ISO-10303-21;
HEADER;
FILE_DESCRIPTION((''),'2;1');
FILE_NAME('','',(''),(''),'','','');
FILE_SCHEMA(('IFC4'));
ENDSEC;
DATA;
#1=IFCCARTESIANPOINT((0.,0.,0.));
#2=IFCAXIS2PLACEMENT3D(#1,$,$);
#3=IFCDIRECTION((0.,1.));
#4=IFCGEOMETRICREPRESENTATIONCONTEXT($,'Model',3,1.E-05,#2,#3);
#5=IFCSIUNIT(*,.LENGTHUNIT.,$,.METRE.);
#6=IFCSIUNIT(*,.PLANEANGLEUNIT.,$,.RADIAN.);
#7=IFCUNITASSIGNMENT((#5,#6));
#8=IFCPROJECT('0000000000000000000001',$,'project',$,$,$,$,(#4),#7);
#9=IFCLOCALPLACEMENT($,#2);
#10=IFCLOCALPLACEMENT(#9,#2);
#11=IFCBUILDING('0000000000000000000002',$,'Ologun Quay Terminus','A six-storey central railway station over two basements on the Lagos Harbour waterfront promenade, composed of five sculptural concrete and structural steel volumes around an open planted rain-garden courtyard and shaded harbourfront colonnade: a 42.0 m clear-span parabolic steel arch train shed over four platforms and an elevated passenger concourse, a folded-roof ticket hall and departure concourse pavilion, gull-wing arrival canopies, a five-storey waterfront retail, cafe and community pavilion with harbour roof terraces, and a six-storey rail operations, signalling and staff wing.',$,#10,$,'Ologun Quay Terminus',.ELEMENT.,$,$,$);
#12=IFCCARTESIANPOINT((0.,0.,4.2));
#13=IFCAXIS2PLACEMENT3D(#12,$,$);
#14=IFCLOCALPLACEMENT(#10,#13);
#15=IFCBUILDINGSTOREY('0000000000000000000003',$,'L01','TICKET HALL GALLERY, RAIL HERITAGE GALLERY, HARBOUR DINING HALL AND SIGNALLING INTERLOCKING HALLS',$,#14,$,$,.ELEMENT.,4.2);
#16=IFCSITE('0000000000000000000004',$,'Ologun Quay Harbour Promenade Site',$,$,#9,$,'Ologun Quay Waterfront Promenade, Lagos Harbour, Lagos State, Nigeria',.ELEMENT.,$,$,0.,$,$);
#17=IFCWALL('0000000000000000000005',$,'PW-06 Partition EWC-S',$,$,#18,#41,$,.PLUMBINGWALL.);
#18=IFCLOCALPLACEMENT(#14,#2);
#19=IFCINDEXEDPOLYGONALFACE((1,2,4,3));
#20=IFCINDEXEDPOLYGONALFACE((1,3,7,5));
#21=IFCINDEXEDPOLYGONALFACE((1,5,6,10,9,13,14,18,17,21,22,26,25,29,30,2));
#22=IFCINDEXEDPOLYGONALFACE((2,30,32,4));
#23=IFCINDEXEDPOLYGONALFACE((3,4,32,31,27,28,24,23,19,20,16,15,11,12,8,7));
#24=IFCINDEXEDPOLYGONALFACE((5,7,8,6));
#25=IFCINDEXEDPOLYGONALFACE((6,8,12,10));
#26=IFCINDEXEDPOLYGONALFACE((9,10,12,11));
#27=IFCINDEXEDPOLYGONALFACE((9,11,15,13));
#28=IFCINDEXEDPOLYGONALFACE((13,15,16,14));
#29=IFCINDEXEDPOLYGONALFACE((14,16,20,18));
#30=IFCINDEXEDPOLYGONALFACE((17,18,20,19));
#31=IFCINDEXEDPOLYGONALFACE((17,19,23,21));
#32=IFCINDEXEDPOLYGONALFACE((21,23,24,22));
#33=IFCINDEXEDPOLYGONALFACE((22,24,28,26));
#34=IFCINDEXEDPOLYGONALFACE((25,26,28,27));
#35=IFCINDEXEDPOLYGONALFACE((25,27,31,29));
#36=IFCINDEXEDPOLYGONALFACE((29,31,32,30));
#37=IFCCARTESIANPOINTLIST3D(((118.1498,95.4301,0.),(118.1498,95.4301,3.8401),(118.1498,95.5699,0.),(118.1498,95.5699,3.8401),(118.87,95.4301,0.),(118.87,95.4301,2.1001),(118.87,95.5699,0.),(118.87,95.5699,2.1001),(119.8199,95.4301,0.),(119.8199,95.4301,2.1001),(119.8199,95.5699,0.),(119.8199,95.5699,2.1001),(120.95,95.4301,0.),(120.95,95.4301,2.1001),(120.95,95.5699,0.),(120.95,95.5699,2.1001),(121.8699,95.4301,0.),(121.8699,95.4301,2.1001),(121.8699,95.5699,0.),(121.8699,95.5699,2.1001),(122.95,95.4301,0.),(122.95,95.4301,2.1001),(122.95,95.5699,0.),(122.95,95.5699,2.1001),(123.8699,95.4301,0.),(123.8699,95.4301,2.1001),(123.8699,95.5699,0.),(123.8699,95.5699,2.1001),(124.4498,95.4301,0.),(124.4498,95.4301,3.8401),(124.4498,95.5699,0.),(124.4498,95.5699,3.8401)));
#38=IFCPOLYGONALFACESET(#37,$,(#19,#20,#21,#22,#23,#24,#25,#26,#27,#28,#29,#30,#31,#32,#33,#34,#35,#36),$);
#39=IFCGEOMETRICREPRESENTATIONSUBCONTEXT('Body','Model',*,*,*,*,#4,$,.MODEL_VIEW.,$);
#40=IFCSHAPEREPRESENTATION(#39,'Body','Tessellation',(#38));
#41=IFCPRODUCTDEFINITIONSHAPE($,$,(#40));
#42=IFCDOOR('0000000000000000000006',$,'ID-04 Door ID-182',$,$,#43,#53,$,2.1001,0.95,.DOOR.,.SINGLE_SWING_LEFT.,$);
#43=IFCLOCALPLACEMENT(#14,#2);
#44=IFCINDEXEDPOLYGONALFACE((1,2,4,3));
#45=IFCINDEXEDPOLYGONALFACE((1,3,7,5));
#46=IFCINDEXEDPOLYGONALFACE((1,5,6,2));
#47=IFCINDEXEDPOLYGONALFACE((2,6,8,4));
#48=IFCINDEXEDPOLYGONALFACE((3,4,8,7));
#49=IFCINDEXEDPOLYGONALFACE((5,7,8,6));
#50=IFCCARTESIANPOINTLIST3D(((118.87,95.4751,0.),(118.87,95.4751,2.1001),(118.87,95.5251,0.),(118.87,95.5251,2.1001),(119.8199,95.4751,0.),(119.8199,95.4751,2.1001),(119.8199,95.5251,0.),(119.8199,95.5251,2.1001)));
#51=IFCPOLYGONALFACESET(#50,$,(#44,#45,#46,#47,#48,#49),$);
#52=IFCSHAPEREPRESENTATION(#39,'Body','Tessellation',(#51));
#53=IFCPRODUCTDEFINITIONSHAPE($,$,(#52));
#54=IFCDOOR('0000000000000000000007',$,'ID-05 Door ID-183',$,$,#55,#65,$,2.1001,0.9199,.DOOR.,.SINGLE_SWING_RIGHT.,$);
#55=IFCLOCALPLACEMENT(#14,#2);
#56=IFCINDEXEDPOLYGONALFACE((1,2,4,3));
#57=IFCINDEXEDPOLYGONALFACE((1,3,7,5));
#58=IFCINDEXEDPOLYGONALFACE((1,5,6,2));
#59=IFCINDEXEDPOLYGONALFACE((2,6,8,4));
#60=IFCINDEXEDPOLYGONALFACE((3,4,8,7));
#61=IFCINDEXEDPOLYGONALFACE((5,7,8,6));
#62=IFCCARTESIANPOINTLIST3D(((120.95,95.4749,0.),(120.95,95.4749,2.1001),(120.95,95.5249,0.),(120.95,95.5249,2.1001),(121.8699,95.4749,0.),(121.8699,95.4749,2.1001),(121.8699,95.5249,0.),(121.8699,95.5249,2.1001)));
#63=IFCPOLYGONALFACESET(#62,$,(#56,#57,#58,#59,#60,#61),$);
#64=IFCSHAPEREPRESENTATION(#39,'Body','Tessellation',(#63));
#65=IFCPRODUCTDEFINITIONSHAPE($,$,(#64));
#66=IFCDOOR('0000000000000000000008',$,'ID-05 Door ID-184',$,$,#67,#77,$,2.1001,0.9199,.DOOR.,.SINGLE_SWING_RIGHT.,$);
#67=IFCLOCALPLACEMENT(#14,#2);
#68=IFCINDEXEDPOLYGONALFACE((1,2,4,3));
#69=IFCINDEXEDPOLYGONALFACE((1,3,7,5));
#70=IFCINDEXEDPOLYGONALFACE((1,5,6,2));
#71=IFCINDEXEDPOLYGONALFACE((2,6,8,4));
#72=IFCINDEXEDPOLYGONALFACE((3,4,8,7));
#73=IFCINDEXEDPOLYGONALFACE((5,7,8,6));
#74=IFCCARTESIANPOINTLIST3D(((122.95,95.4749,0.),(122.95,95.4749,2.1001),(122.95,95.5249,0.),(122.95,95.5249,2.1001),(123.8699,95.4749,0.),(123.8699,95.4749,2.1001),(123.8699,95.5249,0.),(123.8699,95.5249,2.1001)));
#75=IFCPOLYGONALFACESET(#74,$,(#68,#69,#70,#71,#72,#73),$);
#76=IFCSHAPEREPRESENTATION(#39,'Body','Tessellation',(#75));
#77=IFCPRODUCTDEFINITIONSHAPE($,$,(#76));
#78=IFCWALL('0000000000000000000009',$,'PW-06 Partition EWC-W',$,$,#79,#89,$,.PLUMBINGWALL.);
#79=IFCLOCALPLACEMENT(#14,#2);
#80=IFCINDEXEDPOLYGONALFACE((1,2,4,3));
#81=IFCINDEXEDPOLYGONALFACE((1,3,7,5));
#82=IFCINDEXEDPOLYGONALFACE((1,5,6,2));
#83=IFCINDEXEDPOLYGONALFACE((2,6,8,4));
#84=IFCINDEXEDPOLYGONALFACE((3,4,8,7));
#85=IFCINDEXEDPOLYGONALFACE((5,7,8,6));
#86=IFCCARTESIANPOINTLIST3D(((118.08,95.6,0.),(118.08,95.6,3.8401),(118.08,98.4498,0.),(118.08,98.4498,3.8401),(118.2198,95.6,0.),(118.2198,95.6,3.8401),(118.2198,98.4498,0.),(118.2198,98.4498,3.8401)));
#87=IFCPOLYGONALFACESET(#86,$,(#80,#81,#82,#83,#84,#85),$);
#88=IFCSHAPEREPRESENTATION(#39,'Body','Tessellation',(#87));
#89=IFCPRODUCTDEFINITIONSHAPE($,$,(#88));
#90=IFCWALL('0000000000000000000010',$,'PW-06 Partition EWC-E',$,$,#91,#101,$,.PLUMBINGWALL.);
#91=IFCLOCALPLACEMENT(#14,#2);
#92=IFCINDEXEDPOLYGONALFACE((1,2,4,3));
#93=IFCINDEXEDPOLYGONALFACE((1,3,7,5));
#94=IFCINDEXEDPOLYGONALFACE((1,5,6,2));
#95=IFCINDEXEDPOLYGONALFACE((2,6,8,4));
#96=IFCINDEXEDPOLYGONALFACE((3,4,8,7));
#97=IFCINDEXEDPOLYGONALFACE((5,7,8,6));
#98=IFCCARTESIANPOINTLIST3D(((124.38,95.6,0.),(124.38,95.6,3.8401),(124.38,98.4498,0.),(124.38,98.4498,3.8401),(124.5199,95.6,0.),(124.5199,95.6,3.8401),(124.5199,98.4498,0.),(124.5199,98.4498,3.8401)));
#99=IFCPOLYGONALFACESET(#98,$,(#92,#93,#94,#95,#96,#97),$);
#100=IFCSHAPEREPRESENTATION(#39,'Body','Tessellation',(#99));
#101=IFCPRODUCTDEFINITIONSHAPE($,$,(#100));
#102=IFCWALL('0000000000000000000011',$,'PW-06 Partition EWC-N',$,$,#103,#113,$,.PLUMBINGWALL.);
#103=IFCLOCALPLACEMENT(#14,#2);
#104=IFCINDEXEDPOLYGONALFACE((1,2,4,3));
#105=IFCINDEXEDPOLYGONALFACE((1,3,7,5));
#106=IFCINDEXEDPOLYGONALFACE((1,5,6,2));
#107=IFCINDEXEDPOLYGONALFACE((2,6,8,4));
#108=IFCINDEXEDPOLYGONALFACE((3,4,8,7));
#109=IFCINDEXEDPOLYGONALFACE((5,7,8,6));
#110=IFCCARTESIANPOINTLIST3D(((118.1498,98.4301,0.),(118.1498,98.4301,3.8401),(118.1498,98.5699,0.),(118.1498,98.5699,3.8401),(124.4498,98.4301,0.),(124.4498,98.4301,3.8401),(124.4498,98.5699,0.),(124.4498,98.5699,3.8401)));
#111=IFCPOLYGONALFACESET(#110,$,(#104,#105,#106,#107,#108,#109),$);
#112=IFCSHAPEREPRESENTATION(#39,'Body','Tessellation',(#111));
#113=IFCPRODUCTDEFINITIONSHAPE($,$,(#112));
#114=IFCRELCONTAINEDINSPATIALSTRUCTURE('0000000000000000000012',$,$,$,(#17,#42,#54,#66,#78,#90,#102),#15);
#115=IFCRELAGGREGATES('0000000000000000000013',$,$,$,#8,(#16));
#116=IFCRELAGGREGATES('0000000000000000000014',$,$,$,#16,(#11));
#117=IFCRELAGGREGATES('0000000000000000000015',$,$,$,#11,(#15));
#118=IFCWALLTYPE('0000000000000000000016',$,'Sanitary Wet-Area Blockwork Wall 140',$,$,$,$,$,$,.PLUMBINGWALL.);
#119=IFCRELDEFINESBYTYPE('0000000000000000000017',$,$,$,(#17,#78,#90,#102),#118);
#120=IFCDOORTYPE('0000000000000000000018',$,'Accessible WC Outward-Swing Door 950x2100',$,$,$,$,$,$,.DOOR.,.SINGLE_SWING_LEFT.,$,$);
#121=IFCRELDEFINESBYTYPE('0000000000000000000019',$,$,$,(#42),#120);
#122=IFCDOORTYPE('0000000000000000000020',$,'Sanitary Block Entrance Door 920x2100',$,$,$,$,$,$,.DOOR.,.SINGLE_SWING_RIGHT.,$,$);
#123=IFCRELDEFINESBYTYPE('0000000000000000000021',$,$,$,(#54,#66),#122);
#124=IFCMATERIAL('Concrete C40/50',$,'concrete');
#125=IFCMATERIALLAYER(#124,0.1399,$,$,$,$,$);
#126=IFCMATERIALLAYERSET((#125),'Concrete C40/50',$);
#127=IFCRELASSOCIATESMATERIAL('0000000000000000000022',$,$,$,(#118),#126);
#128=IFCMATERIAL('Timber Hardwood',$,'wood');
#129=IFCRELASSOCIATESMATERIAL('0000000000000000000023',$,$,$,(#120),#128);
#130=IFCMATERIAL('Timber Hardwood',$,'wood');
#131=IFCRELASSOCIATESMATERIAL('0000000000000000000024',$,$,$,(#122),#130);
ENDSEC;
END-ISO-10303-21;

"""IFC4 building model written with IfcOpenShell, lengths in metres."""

from ifc_helpers import new_model, si_unit, direction, frame, frame_2d, origin, place, context, subcontext, project, spatial, rectangle, extrude, material, layer, layer_set, type_object, element, fill, save


model = new_model("IFC4")

# Units and contexts
model_context = context("Model", 3, precision=1e-05, world=origin(), true_north=direction((0.0, 1.0)))
body_context = subcontext(model_context, "Body", "Model", "MODEL_VIEW")
ifc_project = project(units=[si_unit("LENGTHUNIT", "METRE"), si_unit("PLANEANGLEUNIT", "RADIAN")], contexts=[model_context])

# Site, building, storey
site_placement = place(None, origin())
site = spatial("IfcSite", under=ifc_project, at=site_placement, Name="Ologun Quay Harbour Promenade Site", LongName="Ologun Quay Waterfront Promenade, Lagos Harbour, Lagos State, Nigeria", CompositionType="ELEMENT", RefElevation=0.0)
building_placement = place(site_placement, origin())
building = spatial("IfcBuilding", under=site, at=building_placement, Name="Ologun Quay Terminus", Description="A six-storey central railway station over two basements on the Lagos Harbour waterfront promenade, composed of five sculptural concrete and structural steel volumes around an open planted rain-garden courtyard and shaded harbourfront colonnade: a 42.0 m clear-span parabolic steel arch train shed over four platforms and an elevated passenger concourse, a folded-roof ticket hall and departure concourse pavilion, gull-wing arrival canopies, a five-storey waterfront retail, cafe and community pavilion with harbour roof terraces, and a six-storey rail operations, signalling and staff wing.", LongName="Ologun Quay Terminus", CompositionType="ELEMENT")
storey_placement = place(building_placement, frame((0.0, 0.0, 4.2)))
storey = spatial("IfcBuildingStorey", under=building, at=storey_placement, Name="L01", Description="TICKET HALL GALLERY, RAIL HERITAGE GALLERY, HARBOUR DINING HALL AND SIGNALLING INTERLOCKING HALLS", CompositionType="ELEMENT", Elevation=4.2)

# Wall, openings, doors
ifc_material_1 = material(Name="Concrete C40/50", Category="concrete")
ifc_layer_1 = layer(ifc_material_1, 0.1399)
ifc_layer_set_1 = layer_set([ifc_layer_1], Name="Concrete C40/50")
wall_type_1 = type_object("IfcWallType", Name="Sanitary Wet-Area Blockwork Wall 140", PredefinedType="PLUMBINGWALL", material=ifc_layer_set_1)
wall_1_placement = place(storey_placement, frame((118.1499, 95.5, 0.0), z_axis=(0.0, 0.0, 1.0), x_axis=(1.0, 0.0, 0.0)))
wall_1 = element("IfcWall", 1, at=wall_1_placement, inside=storey, type_object=wall_type_1, Name="PW-06 Partition EWC-S", PredefinedType="PLUMBINGWALL", context=body_context, shape_type="SweptSolid", body=[
    extrude(rectangle(XDim=6.3, YDim=0.1399, at=frame_2d((3.1499, 0.0))), origin(), (0.0, 0.0, 1.0), 3.8401),
])
opening_1_placement = place(wall_1_placement, frame((0.72, 0.0, 0.0)))
opening_1 = element("IfcOpeningElement", 2, at=opening_1_placement, cuts=wall_1, PredefinedType="OPENING", context=body_context, shape_type="SweptSolid", body=[
    extrude(rectangle(XDim=0.95, YDim=2.1001, at=frame_2d((0.4751, 1.05))), frame((0.0, 0.0801, 0.0), z_axis=(0.0, -1.0, 0.0), x_axis=(1.0, 0.0, 0.0)), (0.0, 0.0, 1.0), 0.1599),
])
opening_2_placement = place(wall_1_placement, frame((2.8, 0.0, 0.0)))
opening_2 = element("IfcOpeningElement", 3, at=opening_2_placement, cuts=wall_1, PredefinedType="OPENING", context=body_context, shape_type="SweptSolid", body=[
    extrude(rectangle(XDim=0.9199, YDim=2.1001, at=frame_2d((0.46, 1.05))), frame((0.0, 0.0801, 0.0), z_axis=(0.0, -1.0, 0.0), x_axis=(1.0, 0.0, 0.0)), (0.0, 0.0, 1.0), 0.1599),
])
opening_3_placement = place(wall_1_placement, frame((4.8, 0.0, 0.0)))
opening_3 = element("IfcOpeningElement", 4, at=opening_3_placement, cuts=wall_1, PredefinedType="OPENING", context=body_context, shape_type="SweptSolid", body=[
    extrude(rectangle(XDim=0.9199, YDim=2.1001, at=frame_2d((0.46, 1.05))), frame((0.0, 0.0801, 0.0), z_axis=(0.0, -1.0, 0.0), x_axis=(1.0, 0.0, 0.0)), (0.0, 0.0, 1.0), 0.1599),
])
ifc_material_2 = material(Name="Timber Hardwood", Category="wood")
door_type_1 = type_object("IfcDoorType", Name="Accessible WC Outward-Swing Door 950x2100", OperationType="SINGLE_SWING_LEFT", PredefinedType="DOOR", material=ifc_material_2)
door_1_placement = place(opening_1_placement, frame((0.4751, 0.0, 0.0), z_axis=(0.0, 0.0, 1.0), x_axis=(-1.0, 0.0, 0.0)))
door_1 = element("IfcDoor", 5, at=door_1_placement, inside=storey, type_object=door_type_1, Name="ID-04 Door ID-182", OperationType="SINGLE_SWING_LEFT", OverallHeight=2.1001, OverallWidth=0.95, PredefinedType="DOOR", context=body_context, shape_type="SweptSolid", body=[
    extrude(rectangle(XDim=0.95, YDim=2.1001, at=frame_2d((0.0, 1.05))), frame((0.0, 0.0249, 0.0), z_axis=(0.0, -1.0, 0.0), x_axis=(1.0, 0.0, 0.0)), (0.0, 0.0, 1.0), 0.05),
])
fill(opening_1, door_1)
ifc_material_3 = material(Name="Timber Hardwood", Category="wood")
door_type_2 = type_object("IfcDoorType", Name="Sanitary Block Entrance Door 920x2100", OperationType="SINGLE_SWING_RIGHT", PredefinedType="DOOR", material=ifc_material_3)
door_2_placement = place(opening_2_placement, origin())
door_2 = element("IfcDoor", 6, at=door_2_placement, inside=storey, type_object=door_type_2, Name="ID-05 Door ID-183", OperationType="SINGLE_SWING_RIGHT", OverallHeight=2.1001, OverallWidth=0.9199, PredefinedType="DOOR", context=body_context, shape_type="SweptSolid", body=[
    extrude(rectangle(XDim=0.9199, YDim=2.1001, at=frame_2d((0.46, 1.05))), frame((0.0, 0.0249, 0.0), z_axis=(0.0, -1.0, 0.0), x_axis=(1.0, 0.0, 0.0)), (0.0, 0.0, 1.0), 0.05),
])
fill(opening_2, door_2)
door_3_placement = place(opening_3_placement, origin())
door_3 = element("IfcDoor", 7, at=door_3_placement, inside=storey, type_object=door_type_2, Name="ID-05 Door ID-184", OperationType="SINGLE_SWING_RIGHT", OverallHeight=2.1001, OverallWidth=0.9199, PredefinedType="DOOR", context=body_context, shape_type="SweptSolid", body=[
    extrude(rectangle(XDim=0.9199, YDim=2.1001, at=frame_2d((0.46, 1.05))), frame((0.0, 0.0249, 0.0), z_axis=(0.0, -1.0, 0.0), x_axis=(1.0, 0.0, 0.0)), (0.0, 0.0, 1.0), 0.05),
])
fill(opening_3, door_3)

# Walls
for number, where, z_axis, x_axis, name in (
    (8, (118.1499, 95.6001, 0.0), (0.0, 0.0, 1.0), (0.0, 1.0, 0.0), "PW-06 Partition EWC-W"),
    (9, (124.45, 95.6001, 0.0), (0.0, 0.0, 1.0), (0.0, 1.0, 0.0), "PW-06 Partition EWC-E"),
):
    element("IfcWall", number, at=place(storey_placement, frame(where, z_axis=z_axis, x_axis=x_axis)), inside=storey, type_object=wall_type_1, Name=name, PredefinedType="PLUMBINGWALL", context=body_context, shape_type="SweptSolid", body=[
        extrude(rectangle(XDim=2.8499, YDim=0.1399, at=frame_2d((1.4248, 0.0))), origin(), (0.0, 0.0, 1.0), 3.8401),
    ])
wall_2_placement = place(storey_placement, frame((118.1499, 98.5, 0.0), z_axis=(0.0, 0.0, 1.0), x_axis=(1.0, 0.0, 0.0)))
element("IfcWall", 10, at=wall_2_placement, inside=storey, type_object=wall_type_1, Name="PW-06 Partition EWC-N", PredefinedType="PLUMBINGWALL", context=body_context, shape_type="SweptSolid", body=[
    extrude(rectangle(XDim=6.3, YDim=0.1399, at=frame_2d((3.1499, 0.0))), origin(), (0.0, 0.0, 1.0), 3.8401),
])

save(model, "model.ifc")
